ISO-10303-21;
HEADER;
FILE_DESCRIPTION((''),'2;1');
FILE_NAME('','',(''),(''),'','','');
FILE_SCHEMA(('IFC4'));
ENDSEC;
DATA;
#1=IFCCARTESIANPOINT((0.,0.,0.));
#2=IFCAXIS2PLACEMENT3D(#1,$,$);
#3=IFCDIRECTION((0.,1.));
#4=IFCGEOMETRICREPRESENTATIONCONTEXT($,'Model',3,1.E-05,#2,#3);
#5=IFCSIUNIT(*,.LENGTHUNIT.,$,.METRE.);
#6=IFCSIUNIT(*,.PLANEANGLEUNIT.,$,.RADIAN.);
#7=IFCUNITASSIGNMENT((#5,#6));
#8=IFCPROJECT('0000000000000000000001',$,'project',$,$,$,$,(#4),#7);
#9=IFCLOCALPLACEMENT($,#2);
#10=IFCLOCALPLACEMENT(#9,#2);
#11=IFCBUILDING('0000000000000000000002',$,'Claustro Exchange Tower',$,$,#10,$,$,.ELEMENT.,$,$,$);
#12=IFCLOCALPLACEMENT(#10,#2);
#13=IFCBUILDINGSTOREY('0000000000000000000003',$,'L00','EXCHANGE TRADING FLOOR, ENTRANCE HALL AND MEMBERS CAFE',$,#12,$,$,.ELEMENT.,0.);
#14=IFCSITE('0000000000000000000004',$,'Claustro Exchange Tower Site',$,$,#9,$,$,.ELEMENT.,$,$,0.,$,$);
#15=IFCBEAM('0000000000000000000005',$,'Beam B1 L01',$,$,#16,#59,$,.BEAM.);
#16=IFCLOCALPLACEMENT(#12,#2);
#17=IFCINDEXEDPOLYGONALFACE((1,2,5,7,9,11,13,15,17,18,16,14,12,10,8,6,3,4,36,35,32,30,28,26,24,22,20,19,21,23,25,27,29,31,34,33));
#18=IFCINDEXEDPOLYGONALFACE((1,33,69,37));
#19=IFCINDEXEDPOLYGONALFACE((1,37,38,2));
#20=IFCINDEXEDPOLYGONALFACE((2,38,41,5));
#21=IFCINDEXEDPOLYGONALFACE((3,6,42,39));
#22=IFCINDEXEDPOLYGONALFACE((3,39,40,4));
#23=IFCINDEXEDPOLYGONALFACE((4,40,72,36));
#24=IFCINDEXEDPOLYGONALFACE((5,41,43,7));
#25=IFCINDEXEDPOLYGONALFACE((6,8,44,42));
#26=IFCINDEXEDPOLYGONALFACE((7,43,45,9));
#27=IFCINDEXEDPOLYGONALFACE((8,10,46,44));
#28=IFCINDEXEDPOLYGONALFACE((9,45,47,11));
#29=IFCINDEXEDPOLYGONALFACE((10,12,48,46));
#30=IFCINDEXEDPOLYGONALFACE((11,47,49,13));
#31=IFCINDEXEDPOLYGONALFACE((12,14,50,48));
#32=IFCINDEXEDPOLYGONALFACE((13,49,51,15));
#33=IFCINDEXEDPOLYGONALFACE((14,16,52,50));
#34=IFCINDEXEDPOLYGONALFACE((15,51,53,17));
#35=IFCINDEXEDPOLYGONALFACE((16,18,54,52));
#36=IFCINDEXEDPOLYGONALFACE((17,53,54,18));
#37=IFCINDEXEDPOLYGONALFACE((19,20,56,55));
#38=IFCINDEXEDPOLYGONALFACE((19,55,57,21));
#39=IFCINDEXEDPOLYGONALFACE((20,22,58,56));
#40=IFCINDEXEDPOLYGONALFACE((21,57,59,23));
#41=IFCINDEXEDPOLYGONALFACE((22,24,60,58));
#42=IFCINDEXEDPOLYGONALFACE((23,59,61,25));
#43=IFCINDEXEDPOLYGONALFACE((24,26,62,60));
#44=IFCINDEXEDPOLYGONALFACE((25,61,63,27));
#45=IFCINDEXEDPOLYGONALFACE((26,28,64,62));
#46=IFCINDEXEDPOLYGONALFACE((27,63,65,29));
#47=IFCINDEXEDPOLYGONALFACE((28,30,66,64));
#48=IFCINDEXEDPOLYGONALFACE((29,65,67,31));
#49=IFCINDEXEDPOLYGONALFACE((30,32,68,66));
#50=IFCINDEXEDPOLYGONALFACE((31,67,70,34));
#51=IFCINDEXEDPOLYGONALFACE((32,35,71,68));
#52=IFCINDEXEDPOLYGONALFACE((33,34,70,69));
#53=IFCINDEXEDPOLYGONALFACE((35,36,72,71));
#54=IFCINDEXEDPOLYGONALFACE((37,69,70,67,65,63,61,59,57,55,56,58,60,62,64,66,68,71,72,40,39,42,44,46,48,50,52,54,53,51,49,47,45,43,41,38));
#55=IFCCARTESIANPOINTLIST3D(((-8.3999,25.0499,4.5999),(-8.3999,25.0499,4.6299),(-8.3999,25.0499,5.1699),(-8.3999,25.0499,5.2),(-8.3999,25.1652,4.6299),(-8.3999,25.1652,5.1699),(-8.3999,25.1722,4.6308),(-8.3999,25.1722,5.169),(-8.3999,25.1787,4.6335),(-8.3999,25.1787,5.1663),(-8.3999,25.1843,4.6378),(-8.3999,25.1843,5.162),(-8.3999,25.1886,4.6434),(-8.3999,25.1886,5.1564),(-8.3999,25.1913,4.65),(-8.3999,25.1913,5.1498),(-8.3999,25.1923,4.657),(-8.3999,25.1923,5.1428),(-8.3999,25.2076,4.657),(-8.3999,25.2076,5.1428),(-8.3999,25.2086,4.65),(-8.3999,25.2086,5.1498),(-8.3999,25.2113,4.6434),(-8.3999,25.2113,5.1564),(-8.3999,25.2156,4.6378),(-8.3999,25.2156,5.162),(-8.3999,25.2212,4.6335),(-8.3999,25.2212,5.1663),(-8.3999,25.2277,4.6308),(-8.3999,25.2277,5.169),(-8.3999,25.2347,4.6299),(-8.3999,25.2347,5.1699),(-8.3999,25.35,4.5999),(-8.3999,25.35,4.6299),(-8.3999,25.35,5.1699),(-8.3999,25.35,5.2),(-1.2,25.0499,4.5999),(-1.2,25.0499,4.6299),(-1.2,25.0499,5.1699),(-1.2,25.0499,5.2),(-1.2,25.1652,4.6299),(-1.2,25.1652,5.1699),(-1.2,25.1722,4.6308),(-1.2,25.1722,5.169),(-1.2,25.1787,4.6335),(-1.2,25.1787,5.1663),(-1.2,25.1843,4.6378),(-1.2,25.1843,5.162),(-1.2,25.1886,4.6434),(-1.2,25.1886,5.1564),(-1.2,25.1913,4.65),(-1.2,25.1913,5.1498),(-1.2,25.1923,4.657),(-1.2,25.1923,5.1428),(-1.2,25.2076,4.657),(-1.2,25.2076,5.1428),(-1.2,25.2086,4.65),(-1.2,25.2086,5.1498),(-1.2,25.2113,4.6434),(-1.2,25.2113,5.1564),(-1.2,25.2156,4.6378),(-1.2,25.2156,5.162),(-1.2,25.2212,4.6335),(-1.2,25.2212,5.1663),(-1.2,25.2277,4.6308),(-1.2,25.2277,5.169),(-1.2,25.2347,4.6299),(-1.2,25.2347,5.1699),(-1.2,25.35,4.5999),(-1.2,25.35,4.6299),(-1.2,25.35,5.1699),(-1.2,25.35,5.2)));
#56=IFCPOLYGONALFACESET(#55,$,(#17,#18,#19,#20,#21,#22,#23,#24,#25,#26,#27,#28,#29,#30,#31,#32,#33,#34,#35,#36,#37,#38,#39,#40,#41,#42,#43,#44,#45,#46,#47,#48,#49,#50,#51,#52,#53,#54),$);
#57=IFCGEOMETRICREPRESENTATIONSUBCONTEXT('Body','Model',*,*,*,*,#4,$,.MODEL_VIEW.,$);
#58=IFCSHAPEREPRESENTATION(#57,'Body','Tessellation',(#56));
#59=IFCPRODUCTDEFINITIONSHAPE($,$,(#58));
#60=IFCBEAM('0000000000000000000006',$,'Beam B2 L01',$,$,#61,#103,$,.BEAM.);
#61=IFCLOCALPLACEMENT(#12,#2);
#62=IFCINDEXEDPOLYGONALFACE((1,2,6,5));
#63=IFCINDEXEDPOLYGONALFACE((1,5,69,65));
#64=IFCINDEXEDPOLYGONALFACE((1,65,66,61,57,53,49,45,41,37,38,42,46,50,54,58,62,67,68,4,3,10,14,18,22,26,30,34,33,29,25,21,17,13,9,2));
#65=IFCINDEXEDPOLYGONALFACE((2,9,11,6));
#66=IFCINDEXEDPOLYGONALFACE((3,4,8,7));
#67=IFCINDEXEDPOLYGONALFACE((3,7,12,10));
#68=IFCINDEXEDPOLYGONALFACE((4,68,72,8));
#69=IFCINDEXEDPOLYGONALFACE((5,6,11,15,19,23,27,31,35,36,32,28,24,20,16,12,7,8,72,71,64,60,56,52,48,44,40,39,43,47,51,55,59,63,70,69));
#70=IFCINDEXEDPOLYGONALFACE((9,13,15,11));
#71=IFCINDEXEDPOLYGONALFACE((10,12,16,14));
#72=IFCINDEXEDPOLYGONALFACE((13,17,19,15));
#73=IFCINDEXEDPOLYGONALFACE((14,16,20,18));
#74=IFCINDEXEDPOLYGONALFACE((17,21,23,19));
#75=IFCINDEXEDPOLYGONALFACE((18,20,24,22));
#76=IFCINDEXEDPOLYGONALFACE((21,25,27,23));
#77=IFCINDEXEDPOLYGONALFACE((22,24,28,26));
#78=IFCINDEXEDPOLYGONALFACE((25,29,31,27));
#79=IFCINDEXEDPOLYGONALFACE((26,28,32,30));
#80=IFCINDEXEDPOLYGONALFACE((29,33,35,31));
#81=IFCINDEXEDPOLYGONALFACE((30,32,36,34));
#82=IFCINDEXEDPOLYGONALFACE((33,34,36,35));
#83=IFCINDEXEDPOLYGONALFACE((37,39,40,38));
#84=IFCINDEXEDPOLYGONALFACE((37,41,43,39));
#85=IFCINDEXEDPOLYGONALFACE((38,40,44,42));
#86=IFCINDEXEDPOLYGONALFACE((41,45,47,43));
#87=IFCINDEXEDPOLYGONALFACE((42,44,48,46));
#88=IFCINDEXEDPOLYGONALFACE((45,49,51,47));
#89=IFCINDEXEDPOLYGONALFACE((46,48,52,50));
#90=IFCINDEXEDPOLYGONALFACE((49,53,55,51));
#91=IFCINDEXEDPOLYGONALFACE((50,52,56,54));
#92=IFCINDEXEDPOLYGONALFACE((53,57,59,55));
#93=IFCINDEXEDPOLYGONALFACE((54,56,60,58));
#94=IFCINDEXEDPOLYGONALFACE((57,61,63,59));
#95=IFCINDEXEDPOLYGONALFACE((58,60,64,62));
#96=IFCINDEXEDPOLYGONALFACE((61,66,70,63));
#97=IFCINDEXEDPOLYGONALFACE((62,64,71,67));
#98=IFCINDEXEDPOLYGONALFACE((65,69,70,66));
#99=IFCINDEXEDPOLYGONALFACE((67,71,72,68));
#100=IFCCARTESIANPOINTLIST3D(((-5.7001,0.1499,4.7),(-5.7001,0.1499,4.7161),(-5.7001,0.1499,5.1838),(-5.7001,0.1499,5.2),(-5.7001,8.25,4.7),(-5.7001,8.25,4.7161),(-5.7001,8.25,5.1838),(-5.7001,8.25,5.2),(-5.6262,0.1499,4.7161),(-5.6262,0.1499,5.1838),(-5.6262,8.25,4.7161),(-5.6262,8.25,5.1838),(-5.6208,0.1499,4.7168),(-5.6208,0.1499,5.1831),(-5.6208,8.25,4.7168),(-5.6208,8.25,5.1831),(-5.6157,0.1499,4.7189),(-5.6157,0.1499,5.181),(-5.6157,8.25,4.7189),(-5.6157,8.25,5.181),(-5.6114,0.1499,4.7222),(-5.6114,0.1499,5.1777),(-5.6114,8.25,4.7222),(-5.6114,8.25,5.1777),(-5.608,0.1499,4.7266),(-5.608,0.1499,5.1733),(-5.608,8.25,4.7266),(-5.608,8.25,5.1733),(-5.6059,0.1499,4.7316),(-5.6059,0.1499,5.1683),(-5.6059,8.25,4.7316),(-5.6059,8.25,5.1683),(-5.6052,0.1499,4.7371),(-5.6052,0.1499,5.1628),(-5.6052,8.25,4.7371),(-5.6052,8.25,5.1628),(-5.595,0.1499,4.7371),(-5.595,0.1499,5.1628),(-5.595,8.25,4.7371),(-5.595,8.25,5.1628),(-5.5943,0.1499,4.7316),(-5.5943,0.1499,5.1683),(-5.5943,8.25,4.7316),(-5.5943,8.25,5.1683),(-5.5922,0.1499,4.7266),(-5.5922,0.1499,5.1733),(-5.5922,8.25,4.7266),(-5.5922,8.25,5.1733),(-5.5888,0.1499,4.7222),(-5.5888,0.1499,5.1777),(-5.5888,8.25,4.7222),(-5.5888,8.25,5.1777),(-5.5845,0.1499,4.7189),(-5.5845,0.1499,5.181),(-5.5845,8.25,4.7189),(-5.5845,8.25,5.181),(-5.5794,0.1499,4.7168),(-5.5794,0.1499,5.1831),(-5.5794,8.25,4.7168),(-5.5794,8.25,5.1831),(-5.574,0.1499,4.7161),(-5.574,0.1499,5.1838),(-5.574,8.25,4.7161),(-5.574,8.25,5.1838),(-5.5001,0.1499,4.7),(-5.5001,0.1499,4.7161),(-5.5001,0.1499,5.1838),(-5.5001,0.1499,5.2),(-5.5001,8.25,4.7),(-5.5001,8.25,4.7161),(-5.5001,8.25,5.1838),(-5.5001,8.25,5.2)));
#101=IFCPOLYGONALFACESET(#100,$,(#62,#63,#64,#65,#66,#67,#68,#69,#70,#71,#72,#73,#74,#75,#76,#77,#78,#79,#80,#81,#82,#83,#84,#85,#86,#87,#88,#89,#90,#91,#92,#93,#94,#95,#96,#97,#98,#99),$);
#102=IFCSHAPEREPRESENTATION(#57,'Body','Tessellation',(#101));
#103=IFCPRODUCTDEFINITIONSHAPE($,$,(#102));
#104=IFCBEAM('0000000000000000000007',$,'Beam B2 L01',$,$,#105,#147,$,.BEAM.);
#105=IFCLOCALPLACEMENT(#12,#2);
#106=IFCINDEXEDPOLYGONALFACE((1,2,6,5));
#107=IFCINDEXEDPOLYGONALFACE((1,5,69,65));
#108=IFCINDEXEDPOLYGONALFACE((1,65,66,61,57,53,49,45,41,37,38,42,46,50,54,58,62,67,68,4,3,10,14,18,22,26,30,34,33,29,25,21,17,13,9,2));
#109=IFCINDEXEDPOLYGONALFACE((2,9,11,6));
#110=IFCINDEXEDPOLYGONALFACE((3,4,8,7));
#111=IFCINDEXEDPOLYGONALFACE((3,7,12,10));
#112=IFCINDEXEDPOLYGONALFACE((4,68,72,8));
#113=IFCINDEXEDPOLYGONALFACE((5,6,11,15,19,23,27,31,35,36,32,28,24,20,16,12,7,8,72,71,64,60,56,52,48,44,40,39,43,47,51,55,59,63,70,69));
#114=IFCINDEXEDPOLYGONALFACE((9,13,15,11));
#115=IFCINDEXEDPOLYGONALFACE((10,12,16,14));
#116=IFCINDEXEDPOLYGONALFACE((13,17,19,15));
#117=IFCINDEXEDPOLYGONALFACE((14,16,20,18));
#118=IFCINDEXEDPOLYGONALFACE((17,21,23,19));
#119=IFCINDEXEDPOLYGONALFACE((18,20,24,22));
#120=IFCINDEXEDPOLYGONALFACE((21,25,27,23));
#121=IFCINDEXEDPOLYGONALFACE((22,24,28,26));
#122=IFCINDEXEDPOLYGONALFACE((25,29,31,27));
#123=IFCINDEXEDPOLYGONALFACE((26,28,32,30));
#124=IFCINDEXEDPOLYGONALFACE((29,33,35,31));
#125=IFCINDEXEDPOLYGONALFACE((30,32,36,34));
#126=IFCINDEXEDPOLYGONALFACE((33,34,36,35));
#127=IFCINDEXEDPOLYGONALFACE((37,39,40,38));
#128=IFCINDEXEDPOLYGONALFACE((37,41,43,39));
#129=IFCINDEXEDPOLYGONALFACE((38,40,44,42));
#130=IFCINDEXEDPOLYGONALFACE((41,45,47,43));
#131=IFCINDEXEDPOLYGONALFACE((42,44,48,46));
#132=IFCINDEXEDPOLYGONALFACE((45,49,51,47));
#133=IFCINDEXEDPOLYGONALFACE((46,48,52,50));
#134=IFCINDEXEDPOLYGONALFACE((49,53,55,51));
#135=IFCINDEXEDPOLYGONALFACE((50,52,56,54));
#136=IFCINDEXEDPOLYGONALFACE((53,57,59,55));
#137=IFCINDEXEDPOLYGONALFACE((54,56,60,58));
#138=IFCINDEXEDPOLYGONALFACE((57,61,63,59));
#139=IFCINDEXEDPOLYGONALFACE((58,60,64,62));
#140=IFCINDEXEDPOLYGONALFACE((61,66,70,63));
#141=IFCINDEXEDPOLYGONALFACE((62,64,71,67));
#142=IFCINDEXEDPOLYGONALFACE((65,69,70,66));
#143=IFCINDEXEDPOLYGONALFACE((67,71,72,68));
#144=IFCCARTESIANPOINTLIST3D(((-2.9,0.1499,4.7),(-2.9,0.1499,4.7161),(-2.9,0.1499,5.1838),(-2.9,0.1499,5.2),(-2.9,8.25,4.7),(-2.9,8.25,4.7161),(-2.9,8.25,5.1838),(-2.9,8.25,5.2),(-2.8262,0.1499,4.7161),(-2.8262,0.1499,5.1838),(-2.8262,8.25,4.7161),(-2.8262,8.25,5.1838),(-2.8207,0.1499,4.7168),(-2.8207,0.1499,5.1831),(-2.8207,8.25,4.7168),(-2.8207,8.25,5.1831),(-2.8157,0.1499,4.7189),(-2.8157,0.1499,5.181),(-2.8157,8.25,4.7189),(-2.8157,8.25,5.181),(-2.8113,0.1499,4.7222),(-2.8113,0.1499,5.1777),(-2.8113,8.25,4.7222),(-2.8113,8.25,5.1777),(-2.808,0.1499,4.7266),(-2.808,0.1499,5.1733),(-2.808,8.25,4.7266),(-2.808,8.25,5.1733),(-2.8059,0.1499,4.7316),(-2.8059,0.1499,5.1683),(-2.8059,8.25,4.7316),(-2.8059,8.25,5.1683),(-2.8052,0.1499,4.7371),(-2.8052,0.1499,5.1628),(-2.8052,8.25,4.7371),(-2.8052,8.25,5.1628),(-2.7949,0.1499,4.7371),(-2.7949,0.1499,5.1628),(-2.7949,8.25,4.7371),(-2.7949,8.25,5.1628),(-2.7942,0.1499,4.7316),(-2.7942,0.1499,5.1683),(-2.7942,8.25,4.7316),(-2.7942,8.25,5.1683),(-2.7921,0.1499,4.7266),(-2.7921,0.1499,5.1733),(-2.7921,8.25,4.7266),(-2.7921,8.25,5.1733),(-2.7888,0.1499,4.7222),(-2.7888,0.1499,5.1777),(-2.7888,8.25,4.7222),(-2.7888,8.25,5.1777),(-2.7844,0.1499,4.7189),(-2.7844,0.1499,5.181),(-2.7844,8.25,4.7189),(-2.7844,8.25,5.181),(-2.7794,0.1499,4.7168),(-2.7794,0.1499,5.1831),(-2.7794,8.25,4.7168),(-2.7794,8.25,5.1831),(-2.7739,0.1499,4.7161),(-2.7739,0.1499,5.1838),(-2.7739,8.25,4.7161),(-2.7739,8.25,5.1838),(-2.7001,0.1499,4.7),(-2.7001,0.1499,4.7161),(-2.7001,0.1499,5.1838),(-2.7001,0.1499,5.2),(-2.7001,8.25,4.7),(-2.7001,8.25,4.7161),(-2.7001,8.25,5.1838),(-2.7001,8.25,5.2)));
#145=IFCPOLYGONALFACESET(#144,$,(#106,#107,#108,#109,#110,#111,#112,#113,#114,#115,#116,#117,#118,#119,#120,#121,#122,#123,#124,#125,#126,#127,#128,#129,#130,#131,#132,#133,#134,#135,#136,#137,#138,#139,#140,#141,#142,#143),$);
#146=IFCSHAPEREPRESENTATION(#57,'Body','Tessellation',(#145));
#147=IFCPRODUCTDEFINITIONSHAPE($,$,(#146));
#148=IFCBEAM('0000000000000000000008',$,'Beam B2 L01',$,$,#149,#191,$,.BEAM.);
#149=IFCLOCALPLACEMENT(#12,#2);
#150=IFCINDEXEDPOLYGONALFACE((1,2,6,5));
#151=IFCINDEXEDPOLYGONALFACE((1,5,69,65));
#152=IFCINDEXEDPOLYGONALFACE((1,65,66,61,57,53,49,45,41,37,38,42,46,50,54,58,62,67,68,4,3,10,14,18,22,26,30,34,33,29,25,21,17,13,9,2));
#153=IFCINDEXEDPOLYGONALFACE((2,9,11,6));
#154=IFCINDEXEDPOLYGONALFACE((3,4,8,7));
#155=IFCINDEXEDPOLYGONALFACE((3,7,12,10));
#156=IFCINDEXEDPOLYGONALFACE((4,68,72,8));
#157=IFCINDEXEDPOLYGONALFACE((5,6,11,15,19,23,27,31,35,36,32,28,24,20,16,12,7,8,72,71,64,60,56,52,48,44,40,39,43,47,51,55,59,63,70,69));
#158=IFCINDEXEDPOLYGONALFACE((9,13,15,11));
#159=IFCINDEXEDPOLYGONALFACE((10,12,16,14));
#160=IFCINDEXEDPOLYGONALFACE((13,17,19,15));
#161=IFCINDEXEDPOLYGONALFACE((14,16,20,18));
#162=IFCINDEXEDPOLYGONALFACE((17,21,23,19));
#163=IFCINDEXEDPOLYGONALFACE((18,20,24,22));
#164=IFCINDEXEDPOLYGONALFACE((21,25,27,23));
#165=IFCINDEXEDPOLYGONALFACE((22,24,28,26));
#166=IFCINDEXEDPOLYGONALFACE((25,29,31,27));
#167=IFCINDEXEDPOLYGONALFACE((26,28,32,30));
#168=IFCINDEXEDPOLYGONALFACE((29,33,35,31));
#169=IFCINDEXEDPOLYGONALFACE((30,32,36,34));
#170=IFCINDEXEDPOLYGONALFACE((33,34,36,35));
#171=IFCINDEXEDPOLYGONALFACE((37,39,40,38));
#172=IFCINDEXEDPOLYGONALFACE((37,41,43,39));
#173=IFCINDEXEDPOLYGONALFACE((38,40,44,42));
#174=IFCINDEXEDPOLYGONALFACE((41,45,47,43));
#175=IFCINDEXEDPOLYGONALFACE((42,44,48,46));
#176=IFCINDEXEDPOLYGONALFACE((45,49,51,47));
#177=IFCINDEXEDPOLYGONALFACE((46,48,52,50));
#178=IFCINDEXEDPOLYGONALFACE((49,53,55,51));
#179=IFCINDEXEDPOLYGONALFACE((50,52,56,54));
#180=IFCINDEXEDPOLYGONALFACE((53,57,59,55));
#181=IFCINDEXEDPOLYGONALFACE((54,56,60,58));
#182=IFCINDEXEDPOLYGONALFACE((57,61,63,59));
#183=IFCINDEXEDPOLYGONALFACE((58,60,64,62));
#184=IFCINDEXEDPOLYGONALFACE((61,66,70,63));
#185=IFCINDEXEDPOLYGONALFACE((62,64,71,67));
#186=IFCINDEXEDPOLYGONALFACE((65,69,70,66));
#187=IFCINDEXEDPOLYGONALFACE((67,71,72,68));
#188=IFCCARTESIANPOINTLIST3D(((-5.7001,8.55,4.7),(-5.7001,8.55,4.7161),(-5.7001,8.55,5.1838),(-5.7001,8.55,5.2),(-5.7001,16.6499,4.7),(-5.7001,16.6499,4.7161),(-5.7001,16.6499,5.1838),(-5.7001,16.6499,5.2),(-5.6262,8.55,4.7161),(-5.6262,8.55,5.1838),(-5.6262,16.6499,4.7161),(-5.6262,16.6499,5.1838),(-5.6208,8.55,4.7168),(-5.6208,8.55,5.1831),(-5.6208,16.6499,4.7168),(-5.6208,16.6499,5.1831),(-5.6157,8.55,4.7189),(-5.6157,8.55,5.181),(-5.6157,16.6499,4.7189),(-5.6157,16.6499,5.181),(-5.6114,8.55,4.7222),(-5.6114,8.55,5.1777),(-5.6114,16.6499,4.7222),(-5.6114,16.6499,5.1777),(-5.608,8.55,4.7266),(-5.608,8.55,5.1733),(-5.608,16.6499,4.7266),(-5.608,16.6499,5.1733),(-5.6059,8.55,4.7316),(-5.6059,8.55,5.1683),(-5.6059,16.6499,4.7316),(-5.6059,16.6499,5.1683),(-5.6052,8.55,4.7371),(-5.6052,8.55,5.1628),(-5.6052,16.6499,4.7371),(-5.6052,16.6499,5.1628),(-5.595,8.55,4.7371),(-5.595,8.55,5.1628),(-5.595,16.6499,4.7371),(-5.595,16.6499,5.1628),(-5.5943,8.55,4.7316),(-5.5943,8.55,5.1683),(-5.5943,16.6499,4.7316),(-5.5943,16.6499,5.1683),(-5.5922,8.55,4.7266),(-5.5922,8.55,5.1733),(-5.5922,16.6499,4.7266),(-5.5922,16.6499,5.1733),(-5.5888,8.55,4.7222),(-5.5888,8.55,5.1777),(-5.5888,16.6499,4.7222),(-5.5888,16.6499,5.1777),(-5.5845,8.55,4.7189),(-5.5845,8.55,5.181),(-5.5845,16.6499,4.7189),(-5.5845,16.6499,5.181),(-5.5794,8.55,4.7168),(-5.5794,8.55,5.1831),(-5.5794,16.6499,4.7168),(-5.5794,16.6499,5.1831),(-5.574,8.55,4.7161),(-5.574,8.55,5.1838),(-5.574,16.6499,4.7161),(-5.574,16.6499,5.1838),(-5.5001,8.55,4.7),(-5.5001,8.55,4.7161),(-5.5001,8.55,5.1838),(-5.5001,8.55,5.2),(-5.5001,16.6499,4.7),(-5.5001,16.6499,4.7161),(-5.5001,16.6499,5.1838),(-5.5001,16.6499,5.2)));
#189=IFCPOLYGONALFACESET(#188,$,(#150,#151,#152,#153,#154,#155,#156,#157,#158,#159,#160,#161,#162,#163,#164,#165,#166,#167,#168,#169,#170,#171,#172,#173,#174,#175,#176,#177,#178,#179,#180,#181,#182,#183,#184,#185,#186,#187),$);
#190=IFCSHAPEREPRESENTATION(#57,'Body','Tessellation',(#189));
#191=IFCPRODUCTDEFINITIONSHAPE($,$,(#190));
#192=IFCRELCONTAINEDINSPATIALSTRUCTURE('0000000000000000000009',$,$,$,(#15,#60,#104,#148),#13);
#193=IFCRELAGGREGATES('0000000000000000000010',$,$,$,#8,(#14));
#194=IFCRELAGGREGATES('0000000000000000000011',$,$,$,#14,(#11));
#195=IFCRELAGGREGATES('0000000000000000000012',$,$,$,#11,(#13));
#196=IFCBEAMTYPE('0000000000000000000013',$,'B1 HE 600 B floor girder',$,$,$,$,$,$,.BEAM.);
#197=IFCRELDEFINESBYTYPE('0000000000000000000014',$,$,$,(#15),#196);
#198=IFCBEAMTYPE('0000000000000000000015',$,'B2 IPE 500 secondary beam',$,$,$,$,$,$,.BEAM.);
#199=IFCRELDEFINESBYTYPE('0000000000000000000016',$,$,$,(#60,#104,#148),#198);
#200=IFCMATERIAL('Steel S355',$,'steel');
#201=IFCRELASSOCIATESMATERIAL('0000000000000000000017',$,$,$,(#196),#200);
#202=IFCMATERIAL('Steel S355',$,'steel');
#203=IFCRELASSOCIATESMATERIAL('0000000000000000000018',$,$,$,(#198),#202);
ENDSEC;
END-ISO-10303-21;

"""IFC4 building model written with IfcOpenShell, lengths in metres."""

from ifc_helpers import new_model, si_unit, direction, frame, origin, origin_2d, place, context, subcontext, project, spatial, i_section, extrude, material, material_profile, profile_set, type_object, element, save


model = new_model("IFC4")

# Units and contexts
model_context = context("Model", 3, precision=1e-05, world=origin(), true_north=direction((0.0, 1.0)))
body_context = subcontext(model_context, "Body", "Model", "MODEL_VIEW")
ifc_project = project(units=[si_unit("LENGTHUNIT", "METRE"), si_unit("PLANEANGLEUNIT", "RADIAN")], contexts=[model_context])

# Site, building, storey
site_placement = place(None, origin())
site = spatial("IfcSite", under=ifc_project, at=site_placement, Name="Claustro Exchange Tower Site", CompositionType="ELEMENT", RefElevation=0.0)
building_placement = place(site_placement, origin())
building = spatial("IfcBuilding", under=site, at=building_placement, Name="Claustro Exchange Tower", CompositionType="ELEMENT")
storey_placement = place(building_placement, origin())
storey = spatial("IfcBuildingStorey", under=building, at=storey_placement, Name="L00", Description="EXCHANGE TRADING FLOOR, ENTRANCE HALL AND MEMBERS CAFE", CompositionType="ELEMENT", Elevation=0.0)

# Beams
ifc_material_1 = material(Name="Steel S355", Category="steel")
ifc_material_profile_1 = material_profile(ifc_material_1, i_section(OverallWidth=0.3, OverallDepth=0.6001, WebThickness=0.0154, FlangeThickness=0.03, FilletRadius=0.0271, at=origin_2d()), Name="HE 600 B")
ifc_profile_set_1 = profile_set([ifc_material_profile_1], Name="Steel S355")
beam_type_1 = type_object("IfcBeamType", Name="B1 HE 600 B floor girder", PredefinedType="BEAM", material=ifc_profile_set_1)
for number, where, z_axis, x_axis, name in (
    (1, (-8.3999, 25.2, 4.8999), (1.0, 0.0, 0.0), (0.0, 1.0, 0.0), "Beam B1 L01"),
):
    element("IfcBeam", number, at=place(storey_placement, frame(where, z_axis=z_axis, x_axis=x_axis)), inside=storey, type_object=beam_type_1, Name=name, PredefinedType="BEAM", context=body_context, shape_type="SweptSolid", body=[
        extrude(i_section(OverallWidth=0.3, OverallDepth=0.6001, WebThickness=0.0154, FlangeThickness=0.03, FilletRadius=0.0271, at=origin_2d()), origin(), (0.0, 0.0, 1.0), 7.2),
    ])
ifc_material_2 = material(Name="Steel S355", Category="steel")
ifc_material_profile_2 = material_profile(ifc_material_2, i_section(OverallWidth=0.2, OverallDepth=0.5, WebThickness=0.0103, FlangeThickness=0.0161, FilletRadius=0.021, at=origin_2d()), Name="IPE 500")
ifc_profile_set_2 = profile_set([ifc_material_profile_2], Name="Steel S355")
beam_type_2 = type_object("IfcBeamType", Name="B2 IPE 500 secondary beam", PredefinedType="BEAM", material=ifc_profile_set_2)
for number, where, z_axis, x_axis, name in (
    (2, (-5.6001, 0.1499, 4.95), (0.0, 1.0, 0.0), (-1.0, 0.0, 0.0), "Beam B2 L01"),
    (3, (-2.8, 0.1499, 4.95), (0.0, 1.0, 0.0), (-1.0, 0.0, 0.0), "Beam B2 L01"),
):
    element("IfcBeam", number, at=place(storey_placement, frame(where, z_axis=z_axis, x_axis=x_axis)), inside=storey, type_object=beam_type_2, Name=name, PredefinedType="BEAM", context=body_context, shape_type="SweptSolid", body=[
        extrude(i_section(OverallWidth=0.2, OverallDepth=0.5, WebThickness=0.0103, FlangeThickness=0.0161, FilletRadius=0.021, at=origin_2d()), origin(), (0.0, 0.0, 1.0), 8.1001),
    ])
for number, where, z_axis, x_axis, name in (
    (4, (-5.6001, 8.55, 4.95), (0.0, 1.0, 0.0), (-1.0, 0.0, 0.0), "Beam B2 L01"),
):
    element("IfcBeam", number, at=place(storey_placement, frame(where, z_axis=z_axis, x_axis=x_axis)), inside=storey, type_object=beam_type_2, Name=name, PredefinedType="BEAM", context=body_context, shape_type="SweptSolid", body=[
        extrude(i_section(OverallWidth=0.2, OverallDepth=0.5, WebThickness=0.0103, FlangeThickness=0.0161, FilletRadius=0.021, at=origin_2d()), origin(), (0.0, 0.0, 1.0), 8.0999),
    ])

save(model, "model.ifc")
